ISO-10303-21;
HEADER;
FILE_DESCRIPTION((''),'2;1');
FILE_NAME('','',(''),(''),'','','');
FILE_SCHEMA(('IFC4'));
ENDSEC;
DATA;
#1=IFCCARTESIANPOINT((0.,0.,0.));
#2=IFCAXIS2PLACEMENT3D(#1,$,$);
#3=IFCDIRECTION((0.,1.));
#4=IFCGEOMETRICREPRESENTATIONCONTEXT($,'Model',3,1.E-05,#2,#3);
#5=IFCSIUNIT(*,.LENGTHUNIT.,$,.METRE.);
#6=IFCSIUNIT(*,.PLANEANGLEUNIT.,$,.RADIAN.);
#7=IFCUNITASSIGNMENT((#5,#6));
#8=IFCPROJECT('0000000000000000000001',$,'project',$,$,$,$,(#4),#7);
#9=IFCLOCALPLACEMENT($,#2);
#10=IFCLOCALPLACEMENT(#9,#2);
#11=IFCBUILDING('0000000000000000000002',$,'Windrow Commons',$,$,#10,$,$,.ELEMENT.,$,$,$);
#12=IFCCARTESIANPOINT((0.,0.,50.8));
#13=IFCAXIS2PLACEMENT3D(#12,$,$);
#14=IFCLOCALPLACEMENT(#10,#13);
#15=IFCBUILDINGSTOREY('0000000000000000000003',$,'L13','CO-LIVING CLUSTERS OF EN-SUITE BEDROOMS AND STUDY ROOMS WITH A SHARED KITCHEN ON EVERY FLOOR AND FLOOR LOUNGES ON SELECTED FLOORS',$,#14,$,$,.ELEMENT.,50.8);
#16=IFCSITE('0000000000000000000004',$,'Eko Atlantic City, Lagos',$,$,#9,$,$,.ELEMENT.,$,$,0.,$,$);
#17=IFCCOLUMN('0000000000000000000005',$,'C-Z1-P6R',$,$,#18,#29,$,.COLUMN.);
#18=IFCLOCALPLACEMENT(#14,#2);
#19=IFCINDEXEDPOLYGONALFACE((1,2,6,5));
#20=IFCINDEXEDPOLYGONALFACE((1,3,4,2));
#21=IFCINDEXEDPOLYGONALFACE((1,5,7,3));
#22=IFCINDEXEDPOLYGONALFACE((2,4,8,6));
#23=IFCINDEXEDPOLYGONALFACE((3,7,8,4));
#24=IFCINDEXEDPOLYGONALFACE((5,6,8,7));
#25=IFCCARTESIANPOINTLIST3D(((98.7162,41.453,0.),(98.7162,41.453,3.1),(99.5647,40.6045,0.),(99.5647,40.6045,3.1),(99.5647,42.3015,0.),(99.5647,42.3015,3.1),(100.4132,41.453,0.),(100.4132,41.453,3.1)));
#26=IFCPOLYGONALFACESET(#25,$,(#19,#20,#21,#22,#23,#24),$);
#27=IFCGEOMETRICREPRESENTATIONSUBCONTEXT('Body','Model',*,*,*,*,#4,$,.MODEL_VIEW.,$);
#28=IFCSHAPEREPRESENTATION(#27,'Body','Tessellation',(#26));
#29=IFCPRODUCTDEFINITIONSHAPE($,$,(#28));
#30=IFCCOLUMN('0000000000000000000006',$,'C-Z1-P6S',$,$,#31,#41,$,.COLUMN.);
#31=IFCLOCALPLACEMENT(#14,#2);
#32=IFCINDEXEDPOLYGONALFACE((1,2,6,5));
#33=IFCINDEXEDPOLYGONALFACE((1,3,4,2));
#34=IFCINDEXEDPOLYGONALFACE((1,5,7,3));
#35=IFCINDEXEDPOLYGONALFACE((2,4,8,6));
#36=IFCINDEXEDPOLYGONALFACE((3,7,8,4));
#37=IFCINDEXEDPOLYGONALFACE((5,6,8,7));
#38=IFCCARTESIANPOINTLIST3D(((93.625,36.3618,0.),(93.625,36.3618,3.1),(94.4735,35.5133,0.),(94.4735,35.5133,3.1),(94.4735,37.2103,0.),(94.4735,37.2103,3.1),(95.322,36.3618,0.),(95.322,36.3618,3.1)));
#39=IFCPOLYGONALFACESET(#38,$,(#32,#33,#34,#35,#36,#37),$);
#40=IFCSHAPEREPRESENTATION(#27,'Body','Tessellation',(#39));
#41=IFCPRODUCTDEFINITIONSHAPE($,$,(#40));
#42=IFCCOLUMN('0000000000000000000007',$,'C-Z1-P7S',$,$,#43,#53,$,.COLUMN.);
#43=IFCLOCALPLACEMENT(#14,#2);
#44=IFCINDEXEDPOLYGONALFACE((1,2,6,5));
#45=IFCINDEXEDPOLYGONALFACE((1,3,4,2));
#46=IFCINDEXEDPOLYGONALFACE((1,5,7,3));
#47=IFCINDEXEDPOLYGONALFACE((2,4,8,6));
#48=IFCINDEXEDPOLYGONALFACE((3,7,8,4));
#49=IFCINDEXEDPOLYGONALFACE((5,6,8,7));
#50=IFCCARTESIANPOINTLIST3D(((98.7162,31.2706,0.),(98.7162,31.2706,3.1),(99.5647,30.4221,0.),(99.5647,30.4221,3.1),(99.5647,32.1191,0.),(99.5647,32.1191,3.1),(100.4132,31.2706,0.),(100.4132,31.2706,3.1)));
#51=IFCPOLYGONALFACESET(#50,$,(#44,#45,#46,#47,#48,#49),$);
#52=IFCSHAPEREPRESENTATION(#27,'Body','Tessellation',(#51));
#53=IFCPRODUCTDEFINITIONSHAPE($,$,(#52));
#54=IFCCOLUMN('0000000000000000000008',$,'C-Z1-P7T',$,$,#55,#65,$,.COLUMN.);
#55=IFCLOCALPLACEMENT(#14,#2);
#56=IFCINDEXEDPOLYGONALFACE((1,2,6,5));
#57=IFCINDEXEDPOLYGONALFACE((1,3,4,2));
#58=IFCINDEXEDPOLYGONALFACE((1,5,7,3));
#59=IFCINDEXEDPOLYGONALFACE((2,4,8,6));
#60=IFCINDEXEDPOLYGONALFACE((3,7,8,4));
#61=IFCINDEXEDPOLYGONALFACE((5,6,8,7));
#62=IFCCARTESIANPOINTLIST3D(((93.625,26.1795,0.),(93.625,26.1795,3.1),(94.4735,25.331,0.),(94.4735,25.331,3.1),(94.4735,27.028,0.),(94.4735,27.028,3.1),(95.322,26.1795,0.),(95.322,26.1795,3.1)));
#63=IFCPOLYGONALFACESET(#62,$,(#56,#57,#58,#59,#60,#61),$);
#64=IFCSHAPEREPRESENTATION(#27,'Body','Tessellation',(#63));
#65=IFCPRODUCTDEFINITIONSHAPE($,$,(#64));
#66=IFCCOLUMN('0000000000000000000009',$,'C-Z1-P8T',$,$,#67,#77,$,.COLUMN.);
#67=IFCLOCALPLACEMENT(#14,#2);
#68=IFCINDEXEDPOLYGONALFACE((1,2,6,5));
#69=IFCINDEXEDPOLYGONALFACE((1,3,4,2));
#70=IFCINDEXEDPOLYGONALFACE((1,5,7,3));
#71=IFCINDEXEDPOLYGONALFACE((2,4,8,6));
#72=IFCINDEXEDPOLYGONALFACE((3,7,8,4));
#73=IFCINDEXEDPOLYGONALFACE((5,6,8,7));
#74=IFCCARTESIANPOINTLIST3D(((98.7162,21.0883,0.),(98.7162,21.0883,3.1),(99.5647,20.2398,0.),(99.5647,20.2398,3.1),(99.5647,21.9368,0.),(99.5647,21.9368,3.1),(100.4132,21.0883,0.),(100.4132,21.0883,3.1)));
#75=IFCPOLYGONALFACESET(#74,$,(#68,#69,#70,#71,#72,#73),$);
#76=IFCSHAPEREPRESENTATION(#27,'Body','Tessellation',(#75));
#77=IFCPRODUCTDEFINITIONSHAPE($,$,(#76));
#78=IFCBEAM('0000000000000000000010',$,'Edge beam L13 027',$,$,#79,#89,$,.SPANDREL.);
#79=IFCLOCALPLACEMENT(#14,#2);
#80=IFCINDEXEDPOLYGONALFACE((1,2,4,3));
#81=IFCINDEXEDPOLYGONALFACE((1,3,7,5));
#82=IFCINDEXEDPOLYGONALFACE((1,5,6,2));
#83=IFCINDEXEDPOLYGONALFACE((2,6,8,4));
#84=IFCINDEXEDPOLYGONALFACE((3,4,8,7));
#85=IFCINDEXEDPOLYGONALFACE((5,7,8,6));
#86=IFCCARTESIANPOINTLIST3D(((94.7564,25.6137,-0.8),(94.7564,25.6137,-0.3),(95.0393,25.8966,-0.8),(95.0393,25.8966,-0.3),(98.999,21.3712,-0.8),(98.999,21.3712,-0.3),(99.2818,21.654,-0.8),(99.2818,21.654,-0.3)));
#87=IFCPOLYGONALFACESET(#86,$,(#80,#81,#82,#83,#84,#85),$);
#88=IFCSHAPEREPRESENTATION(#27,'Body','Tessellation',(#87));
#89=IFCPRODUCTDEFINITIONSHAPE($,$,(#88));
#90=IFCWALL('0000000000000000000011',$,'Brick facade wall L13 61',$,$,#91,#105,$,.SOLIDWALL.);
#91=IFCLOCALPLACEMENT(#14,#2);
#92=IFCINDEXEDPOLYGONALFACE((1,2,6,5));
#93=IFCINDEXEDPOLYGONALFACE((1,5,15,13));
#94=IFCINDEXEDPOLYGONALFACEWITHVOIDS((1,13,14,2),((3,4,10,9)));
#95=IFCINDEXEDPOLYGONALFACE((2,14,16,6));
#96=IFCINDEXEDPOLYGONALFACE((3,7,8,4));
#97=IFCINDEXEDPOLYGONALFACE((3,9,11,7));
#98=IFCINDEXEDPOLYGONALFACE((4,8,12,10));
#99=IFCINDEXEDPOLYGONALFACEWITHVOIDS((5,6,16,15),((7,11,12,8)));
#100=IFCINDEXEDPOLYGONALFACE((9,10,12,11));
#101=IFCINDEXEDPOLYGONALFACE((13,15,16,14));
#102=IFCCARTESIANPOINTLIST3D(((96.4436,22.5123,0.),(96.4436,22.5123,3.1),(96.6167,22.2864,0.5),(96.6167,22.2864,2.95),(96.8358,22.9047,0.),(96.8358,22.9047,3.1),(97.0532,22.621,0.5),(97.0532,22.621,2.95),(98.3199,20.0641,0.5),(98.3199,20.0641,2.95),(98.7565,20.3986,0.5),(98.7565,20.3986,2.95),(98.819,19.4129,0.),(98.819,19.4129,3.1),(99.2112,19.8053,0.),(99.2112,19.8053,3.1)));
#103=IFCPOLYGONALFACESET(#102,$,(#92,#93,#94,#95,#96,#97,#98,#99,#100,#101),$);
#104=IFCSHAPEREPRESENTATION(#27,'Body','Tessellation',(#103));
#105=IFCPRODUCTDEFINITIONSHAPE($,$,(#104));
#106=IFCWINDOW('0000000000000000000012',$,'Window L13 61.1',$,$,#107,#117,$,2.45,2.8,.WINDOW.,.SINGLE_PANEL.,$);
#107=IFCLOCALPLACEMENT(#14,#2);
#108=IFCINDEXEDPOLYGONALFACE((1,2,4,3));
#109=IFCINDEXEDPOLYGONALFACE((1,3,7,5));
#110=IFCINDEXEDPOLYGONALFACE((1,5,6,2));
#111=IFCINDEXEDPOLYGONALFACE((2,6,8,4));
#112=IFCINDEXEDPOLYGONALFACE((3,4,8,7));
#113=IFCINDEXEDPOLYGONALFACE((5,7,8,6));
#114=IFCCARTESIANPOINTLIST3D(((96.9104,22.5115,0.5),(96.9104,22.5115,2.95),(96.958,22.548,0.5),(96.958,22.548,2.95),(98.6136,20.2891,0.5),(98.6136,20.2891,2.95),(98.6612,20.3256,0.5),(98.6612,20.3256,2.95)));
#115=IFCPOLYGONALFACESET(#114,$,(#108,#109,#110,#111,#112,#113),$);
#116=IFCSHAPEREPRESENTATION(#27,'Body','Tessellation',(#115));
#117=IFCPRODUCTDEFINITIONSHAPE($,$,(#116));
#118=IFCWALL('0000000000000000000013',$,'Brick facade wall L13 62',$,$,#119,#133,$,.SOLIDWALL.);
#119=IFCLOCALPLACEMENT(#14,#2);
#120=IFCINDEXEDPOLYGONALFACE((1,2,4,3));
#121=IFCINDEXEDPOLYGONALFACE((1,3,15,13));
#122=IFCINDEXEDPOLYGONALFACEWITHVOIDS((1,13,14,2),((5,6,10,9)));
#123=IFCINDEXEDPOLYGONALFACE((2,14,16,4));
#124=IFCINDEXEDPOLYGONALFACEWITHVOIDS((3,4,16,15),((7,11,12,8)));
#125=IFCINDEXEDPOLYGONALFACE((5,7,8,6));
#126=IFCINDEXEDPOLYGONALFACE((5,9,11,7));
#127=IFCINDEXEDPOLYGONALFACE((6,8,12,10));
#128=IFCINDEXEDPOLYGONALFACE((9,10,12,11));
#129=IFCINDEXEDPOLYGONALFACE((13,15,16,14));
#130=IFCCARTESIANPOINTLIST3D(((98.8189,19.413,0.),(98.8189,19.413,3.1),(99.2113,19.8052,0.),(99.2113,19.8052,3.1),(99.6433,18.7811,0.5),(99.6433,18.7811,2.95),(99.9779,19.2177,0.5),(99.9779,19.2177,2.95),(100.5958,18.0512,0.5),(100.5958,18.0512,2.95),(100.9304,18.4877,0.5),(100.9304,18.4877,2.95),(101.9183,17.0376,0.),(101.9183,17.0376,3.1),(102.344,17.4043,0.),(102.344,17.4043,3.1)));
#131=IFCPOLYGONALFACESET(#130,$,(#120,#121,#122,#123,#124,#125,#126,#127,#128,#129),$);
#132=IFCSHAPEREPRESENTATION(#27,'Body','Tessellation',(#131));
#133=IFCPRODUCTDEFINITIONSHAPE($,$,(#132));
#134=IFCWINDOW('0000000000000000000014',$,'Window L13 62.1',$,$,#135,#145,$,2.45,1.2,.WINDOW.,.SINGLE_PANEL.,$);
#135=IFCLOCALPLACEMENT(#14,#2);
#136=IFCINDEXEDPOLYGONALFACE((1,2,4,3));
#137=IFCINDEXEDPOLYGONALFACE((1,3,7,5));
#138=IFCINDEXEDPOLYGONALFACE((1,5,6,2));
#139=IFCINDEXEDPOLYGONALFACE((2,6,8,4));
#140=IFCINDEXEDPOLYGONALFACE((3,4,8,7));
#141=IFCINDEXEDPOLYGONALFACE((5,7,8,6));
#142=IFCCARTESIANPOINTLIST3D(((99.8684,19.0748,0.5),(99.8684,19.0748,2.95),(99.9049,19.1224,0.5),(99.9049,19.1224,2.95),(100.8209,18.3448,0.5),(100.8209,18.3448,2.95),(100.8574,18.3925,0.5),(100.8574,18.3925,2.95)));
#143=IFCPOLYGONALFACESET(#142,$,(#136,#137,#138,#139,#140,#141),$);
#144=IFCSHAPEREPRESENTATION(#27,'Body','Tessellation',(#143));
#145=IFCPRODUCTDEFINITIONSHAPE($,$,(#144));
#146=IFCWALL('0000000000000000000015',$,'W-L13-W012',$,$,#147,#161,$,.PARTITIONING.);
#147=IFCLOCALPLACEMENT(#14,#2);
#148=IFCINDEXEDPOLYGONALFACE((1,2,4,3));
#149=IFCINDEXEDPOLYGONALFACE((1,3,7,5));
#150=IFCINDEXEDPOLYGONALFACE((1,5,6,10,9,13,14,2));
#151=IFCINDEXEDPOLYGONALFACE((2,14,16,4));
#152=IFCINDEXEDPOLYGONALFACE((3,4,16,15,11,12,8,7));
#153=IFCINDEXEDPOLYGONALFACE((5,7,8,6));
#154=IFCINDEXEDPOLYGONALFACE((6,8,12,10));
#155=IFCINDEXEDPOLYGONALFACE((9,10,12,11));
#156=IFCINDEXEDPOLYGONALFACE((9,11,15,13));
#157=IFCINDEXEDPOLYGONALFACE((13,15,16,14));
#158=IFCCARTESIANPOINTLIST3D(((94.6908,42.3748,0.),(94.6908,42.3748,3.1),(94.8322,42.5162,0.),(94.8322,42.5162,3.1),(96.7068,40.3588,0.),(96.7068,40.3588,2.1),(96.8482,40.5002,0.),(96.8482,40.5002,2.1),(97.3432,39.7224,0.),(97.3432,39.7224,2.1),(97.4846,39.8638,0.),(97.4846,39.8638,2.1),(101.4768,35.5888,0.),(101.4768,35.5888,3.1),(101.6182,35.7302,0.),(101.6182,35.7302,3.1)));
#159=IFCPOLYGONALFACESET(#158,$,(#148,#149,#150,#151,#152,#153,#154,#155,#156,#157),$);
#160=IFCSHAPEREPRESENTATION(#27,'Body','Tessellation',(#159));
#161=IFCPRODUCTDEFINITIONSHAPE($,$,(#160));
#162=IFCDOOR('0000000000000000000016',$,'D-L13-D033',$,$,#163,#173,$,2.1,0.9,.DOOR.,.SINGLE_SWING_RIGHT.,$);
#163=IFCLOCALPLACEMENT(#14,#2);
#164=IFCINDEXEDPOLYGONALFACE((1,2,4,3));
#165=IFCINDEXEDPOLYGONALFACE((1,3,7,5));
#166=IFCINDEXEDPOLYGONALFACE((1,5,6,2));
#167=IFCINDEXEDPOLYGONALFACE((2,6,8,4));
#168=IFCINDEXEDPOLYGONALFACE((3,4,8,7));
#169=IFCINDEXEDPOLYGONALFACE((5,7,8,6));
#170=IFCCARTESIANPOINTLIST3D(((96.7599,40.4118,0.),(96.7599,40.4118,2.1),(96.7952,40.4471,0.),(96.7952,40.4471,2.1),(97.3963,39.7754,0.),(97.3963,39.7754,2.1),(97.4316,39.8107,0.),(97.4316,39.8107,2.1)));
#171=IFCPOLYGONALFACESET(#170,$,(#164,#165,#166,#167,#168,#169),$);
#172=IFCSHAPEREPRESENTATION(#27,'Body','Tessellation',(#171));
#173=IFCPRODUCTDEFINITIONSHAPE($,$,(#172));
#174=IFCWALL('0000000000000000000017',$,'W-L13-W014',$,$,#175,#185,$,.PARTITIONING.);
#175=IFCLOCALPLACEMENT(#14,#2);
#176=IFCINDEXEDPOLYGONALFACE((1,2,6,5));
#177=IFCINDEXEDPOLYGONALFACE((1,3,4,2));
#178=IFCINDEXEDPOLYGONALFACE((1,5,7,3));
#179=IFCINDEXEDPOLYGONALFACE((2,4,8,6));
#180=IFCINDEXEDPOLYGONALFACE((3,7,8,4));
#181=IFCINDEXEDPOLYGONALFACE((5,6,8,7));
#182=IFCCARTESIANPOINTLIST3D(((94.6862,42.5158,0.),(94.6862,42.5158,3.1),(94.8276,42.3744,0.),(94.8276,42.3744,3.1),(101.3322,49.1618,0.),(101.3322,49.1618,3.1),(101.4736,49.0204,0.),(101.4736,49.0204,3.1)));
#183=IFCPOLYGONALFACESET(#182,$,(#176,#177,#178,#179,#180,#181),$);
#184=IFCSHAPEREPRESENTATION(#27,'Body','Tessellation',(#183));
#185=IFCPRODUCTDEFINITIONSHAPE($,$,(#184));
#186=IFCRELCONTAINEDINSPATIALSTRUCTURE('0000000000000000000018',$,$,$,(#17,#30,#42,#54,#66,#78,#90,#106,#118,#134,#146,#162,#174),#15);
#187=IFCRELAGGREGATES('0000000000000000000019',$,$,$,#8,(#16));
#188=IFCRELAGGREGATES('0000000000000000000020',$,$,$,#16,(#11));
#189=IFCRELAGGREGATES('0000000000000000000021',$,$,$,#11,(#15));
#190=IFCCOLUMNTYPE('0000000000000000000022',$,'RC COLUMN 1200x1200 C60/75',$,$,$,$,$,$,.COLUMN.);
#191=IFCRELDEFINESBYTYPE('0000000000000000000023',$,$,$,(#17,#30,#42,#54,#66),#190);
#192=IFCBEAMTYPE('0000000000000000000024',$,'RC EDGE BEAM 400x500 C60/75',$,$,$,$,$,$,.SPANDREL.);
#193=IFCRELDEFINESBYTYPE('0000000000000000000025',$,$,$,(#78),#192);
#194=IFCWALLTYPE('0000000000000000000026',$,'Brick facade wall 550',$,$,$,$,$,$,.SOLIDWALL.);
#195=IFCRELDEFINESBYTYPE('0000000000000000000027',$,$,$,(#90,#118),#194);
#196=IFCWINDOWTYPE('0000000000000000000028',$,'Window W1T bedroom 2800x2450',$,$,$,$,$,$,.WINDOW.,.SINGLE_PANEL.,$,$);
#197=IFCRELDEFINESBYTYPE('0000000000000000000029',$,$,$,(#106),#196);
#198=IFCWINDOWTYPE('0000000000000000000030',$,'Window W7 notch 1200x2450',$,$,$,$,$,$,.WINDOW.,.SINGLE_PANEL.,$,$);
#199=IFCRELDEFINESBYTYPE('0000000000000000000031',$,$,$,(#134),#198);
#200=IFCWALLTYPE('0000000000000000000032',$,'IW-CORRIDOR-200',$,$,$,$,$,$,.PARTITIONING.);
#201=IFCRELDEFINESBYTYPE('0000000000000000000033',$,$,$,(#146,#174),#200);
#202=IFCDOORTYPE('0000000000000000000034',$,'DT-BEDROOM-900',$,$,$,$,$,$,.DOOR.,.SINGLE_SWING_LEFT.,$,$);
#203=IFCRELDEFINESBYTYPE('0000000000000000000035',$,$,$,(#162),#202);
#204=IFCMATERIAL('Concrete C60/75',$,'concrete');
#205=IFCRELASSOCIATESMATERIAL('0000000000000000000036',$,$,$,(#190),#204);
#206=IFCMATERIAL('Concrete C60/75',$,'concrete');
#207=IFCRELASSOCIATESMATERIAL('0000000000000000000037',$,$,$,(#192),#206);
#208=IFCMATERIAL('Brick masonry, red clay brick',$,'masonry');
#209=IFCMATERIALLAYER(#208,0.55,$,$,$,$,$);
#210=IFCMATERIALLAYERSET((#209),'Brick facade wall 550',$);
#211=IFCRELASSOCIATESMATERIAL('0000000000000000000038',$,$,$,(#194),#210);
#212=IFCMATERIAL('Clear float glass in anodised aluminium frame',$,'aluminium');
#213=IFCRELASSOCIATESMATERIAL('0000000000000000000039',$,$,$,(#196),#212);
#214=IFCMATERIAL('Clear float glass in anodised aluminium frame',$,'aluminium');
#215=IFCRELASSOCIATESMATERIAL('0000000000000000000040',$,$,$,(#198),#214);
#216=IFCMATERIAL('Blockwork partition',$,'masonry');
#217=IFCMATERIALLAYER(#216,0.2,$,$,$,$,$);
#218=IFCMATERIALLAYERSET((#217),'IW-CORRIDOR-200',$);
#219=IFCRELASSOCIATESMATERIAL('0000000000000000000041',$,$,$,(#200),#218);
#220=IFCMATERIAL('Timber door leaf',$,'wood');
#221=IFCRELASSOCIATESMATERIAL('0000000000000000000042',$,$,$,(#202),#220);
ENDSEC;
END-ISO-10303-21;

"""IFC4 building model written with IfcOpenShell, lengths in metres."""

from ifc_helpers import new_model, si_unit, direction, frame, frame_2d, origin, origin_2d, place, context, subcontext, project, spatial, polyline, rectangle, outline, extrude, material, layer, layer_set, material_profile, profile_set, type_object, element, fill, save


model = new_model("IFC4")

# Units and contexts
model_context = context("Model", 3, precision=1e-05, world=origin(), true_north=direction((0.0, 1.0)))
body_context = subcontext(model_context, "Body", "Model", "MODEL_VIEW")
ifc_project = project(units=[si_unit("LENGTHUNIT", "METRE"), si_unit("PLANEANGLEUNIT", "RADIAN")], contexts=[model_context])

# Site, building, storey
site_placement = place(None, origin())
site = spatial("IfcSite", under=ifc_project, at=site_placement, Name="Eko Atlantic City, Lagos", CompositionType="ELEMENT", RefElevation=0.0)
building_placement = place(site_placement, origin())
building = spatial("IfcBuilding", under=site, at=building_placement, Name="Windrow Commons", CompositionType="ELEMENT")
storey_placement = place(building_placement, frame((0.0, 0.0, 50.8)))
storey = spatial("IfcBuildingStorey", under=building, at=storey_placement, Name="L13", Description="CO-LIVING CLUSTERS OF EN-SUITE BEDROOMS AND STUDY ROOMS WITH A SHARED KITCHEN ON EVERY FLOOR AND FLOOR LOUNGES ON SELECTED FLOORS", CompositionType="ELEMENT", Elevation=50.8)

# Columns
ifc_material_1 = material(Name="Concrete C60/75", Category="concrete")
ifc_material_profile_1 = material_profile(ifc_material_1, rectangle(XDim=1.2, YDim=1.2, at=origin_2d()))
ifc_profile_set_1 = profile_set([ifc_material_profile_1], Name="Concrete C60/75")
column_type = type_object("IfcColumnType", Name="RC COLUMN 1200x1200 C60/75", PredefinedType="COLUMN", material=ifc_profile_set_1)
for number, where, z_axis, x_axis, name in (
    (1, (99.5647, 41.453, 0.0), (0.0, 0.0, 1.0), (0.707107, -0.707107, 0.0), "C-Z1-P6R"),
    (2, (94.4735, 36.3618, 0.0), (0.0, 0.0, 1.0), (0.707107, -0.707107, 0.0), "C-Z1-P6S"),
    (3, (99.5647, 31.2706, 0.0), (0.0, 0.0, 1.0), (0.707107, -0.707107, 0.0), "C-Z1-P7S"),
    (4, (94.4735, 26.1795, 0.0), (0.0, 0.0, 1.0), (0.707107, -0.707107, 0.0), "C-Z1-P7T"),
    (5, (99.5647, 21.0883, 0.0), (0.0, 0.0, 1.0), (0.707107, -0.707107, 0.0), "C-Z1-P8T"),
):
    element("IfcColumn", number, at=place(storey_placement, frame(where, z_axis=z_axis, x_axis=x_axis)), inside=storey, type_object=column_type, Name=name, PredefinedType="COLUMN", context=body_context, shape_type="SweptSolid", body=[
        extrude(rectangle(XDim=1.2, YDim=1.2, at=origin_2d()), origin(), (0.0, 0.0, 1.0), 3.1),
    ])

# Beam
ifc_material_2 = material(Name="Concrete C60/75", Category="concrete")
ifc_material_profile_2 = material_profile(ifc_material_2, rectangle(XDim=0.4, YDim=0.5, at=origin_2d()))
ifc_profile_set_2 = profile_set([ifc_material_profile_2], Name="Concrete C60/75")
beam_type = type_object("IfcBeamType", Name="RC EDGE BEAM 400x500 C60/75", PredefinedType="SPANDREL", material=ifc_profile_set_2)
beam_placement = place(storey_placement, frame((99.1404, 21.5126, -0.55), z_axis=(-0.707107, 0.707107, 0.0), x_axis=(-0.707107, -0.707107, 0.0)))
element("IfcBeam", 6, at=beam_placement, inside=storey, type_object=beam_type, Name="Edge beam L13 027", PredefinedType="SPANDREL", context=body_context, shape_type="SweptSolid", body=[
    extrude(rectangle(XDim=0.4, YDim=0.5, at=origin_2d()), origin(), (0.0, 0.0, 1.0), 5.9999),
])

# Walls, openings, windows
ifc_material_3 = material(Name="Brick masonry, red clay brick", Category="masonry")
ifc_layer_1 = layer(ifc_material_3, 0.55)
ifc_layer_set_1 = layer_set([ifc_layer_1], Name="Brick facade wall 550")
wall_type_1 = type_object("IfcWallType", Name="Brick facade wall 550", PredefinedType="SOLIDWALL", material=ifc_layer_set_1)
wall_1_placement = place(storey_placement, frame((96.6397, 22.7085, 0.0), z_axis=(0.0, 0.0, 1.0), x_axis=(0.608301, -0.793706, 0.0)))
wall_1 = element("IfcWall", 7, at=wall_1_placement, inside=storey, type_object=wall_type_1, Name="Brick facade wall L13 61", PredefinedType="SOLIDWALL", context=body_context, shape_type="SweptSolid", body=[
    extrude(outline(polyline([(0.0364, -0.275), (3.9414, -0.275), (3.8686, 0.275), (-0.0364, 0.275), (0.0364, -0.275)])), origin(), (0.0, 0.0, 1.0), 3.1),
])
opening_1_placement = place(wall_1_placement, frame((0.321, 0.0, 0.5)))
opening_1 = element("IfcOpeningElement", 8, at=opening_1_placement, cuts=wall_1, PredefinedType="OPENING", context=body_context, shape_type="SweptSolid", body=[
    extrude(rectangle(XDim=2.8, YDim=2.45, at=frame_2d((1.4, 1.225))), frame((0.0, 0.285, 0.0), z_axis=(0.0, -1.0, 0.0), x_axis=(1.0, 0.0, 0.0)), (0.0, 0.0, 1.0), 0.57),
])
ifc_material_4 = material(Name="Clear float glass in anodised aluminium frame", Category="aluminium")
window_type_1 = type_object("IfcWindowType", Name="Window W1T bedroom 2800x2450", PartitioningType="SINGLE_PANEL", PredefinedType="WINDOW", material=ifc_material_4)
window_1_placement = place(opening_1_placement, origin())
window_1 = element("IfcWindow", 9, at=window_1_placement, inside=storey, type_object=window_type_1, Name="Window L13 61.1", OverallHeight=2.45, OverallWidth=2.8, PartitioningType="SINGLE_PANEL", PredefinedType="WINDOW", context=body_context, shape_type="SweptSolid", body=[
    extrude(rectangle(XDim=2.8, YDim=2.45, at=frame_2d((1.4, 1.225))), frame((0.0, 0.155, 0.0), z_axis=(0.0, -1.0, 0.0), x_axis=(1.0, 0.0, 0.0)), (0.0, 0.0, 1.0), 0.06),
])
fill(opening_1, window_1)
wall_2_placement = place(storey_placement, frame((99.0151, 19.6091, 0.0), z_axis=(0.0, 0.0, 1.0), x_axis=(0.793706, -0.608302, 0.0)))
wall_2 = element("IfcWall", 10, at=wall_2_placement, inside=storey, type_object=wall_type_1, Name="Brick facade wall L13 62", PredefinedType="SOLIDWALL", context=body_context, shape_type="SweptSolid", body=[
    extrude(outline(polyline([(-0.0364, -0.275), (3.8686, -0.275), (3.9833, 0.275), (0.0364, 0.275), (-0.0364, -0.275)])), origin(), (0.0, 0.0, 1.0), 3.1),
])
opening_2_placement = place(wall_2_placement, frame((1.0023, 0.0, 0.5)))
opening_2 = element("IfcOpeningElement", 11, at=opening_2_placement, cuts=wall_2, PredefinedType="OPENING", context=body_context, shape_type="SweptSolid", body=[
    extrude(rectangle(XDim=1.2, YDim=2.45, at=frame_2d((0.6, 1.225))), frame((0.0, 0.285, 0.0), z_axis=(0.0, -1.0, 0.0), x_axis=(1.0, 0.0, 0.0)), (0.0, 0.0, 1.0), 0.57),
])
ifc_material_5 = material(Name="Clear float glass in anodised aluminium frame", Category="aluminium")
window_type_2 = type_object("IfcWindowType", Name="Window W7 notch 1200x2450", PartitioningType="SINGLE_PANEL", PredefinedType="WINDOW", material=ifc_material_5)
window_2_placement = place(opening_2_placement, origin())
window_2 = element("IfcWindow", 12, at=window_2_placement, inside=storey, type_object=window_type_2, Name="Window L13 62.1", OverallHeight=2.45, OverallWidth=1.2, PartitioningType="SINGLE_PANEL", PredefinedType="WINDOW", context=body_context, shape_type="SweptSolid", body=[
    extrude(rectangle(XDim=1.2, YDim=2.45, at=frame_2d((0.6, 1.225))), frame((0.0, 0.155, 0.0), z_axis=(0.0, -1.0, 0.0), x_axis=(1.0, 0.0, 0.0)), (0.0, 0.0, 1.0), 0.06),
])
fill(opening_2, window_2)

# Wall, opening, door
ifc_material_6 = material(Name="Blockwork partition", Category="masonry")
ifc_layer_2 = layer(ifc_material_6, 0.2)
ifc_layer_set_2 = layer_set([ifc_layer_2], Name="IW-CORRIDOR-200")
wall_type_2 = type_object("IfcWallType", Name="IW-CORRIDOR-200", PredefinedType="PARTITIONING", material=ifc_layer_set_2)
wall_3_placement = place(storey_placement, frame((94.7615, 42.4455, 0.0), z_axis=(0.0, 0.0, 1.0), x_axis=(0.707107, -0.707107, 0.0)))
wall_3 = element("IfcWall", 13, at=wall_3_placement, inside=storey, type_object=wall_type_2, Name="W-L13-W012", PredefinedType="PARTITIONING", context=body_context, shape_type="SweptSolid", body=[
    extrude(rectangle(XDim=9.5969, YDim=0.2, at=frame_2d((4.7984, 0.0))), origin(), (0.0, 0.0, 1.0), 3.1),
])
opening_3_placement = place(wall_3_placement, frame((2.8511, 0.0, 0.0)))
opening_3 = element("IfcOpeningElement", 14, at=opening_3_placement, cuts=wall_3, PredefinedType="OPENING", context=body_context, shape_type="SweptSolid", body=[
    extrude(rectangle(XDim=0.9, YDim=2.1, at=frame_2d((0.45, 1.05))), frame((0.0, 0.11, 0.0), z_axis=(0.0, -1.0, 0.0), x_axis=(1.0, 0.0, 0.0)), (0.0, 0.0, 1.0), 0.22),
])
ifc_material_7 = material(Name="Timber door leaf", Category="wood")
door_type_1 = type_object("IfcDoorType", Name="DT-BEDROOM-900", OperationType="SINGLE_SWING_LEFT", PredefinedType="DOOR", material=ifc_material_7)
door_1_placement = place(opening_3_placement, origin())
door_1 = element("IfcDoor", 15, at=door_1_placement, inside=storey, type_object=door_type_1, Name="D-L13-D033", OperationType="SINGLE_SWING_RIGHT", OverallHeight=2.1, OverallWidth=0.9, PredefinedType="DOOR", context=body_context, shape_type="SweptSolid", body=[
    extrude(rectangle(XDim=0.9, YDim=2.1, at=frame_2d((0.45, 1.05))), frame((0.0, 0.025, 0.0), z_axis=(0.0, -1.0, 0.0), x_axis=(1.0, 0.0, 0.0)), (0.0, 0.0, 1.0), 0.05),
])
fill(opening_3, door_1)

# Wall
wall_4_placement = place(storey_placement, frame((94.7569, 42.4451, 0.0), z_axis=(0.0, 0.0, 1.0), x_axis=(0.707107, 0.707107, 0.0)))
element("IfcWall", 16, at=wall_4_placement, inside=storey, type_object=wall_type_2, Name="W-L13-W014", PredefinedType="PARTITIONING", context=body_context, shape_type="SweptSolid", body=[
    extrude(rectangle(XDim=9.3989, YDim=0.2, at=frame_2d((4.6994, 0.0))), origin(), (0.0, 0.0, 1.0), 3.1),
])

save(model, "model.ifc")
